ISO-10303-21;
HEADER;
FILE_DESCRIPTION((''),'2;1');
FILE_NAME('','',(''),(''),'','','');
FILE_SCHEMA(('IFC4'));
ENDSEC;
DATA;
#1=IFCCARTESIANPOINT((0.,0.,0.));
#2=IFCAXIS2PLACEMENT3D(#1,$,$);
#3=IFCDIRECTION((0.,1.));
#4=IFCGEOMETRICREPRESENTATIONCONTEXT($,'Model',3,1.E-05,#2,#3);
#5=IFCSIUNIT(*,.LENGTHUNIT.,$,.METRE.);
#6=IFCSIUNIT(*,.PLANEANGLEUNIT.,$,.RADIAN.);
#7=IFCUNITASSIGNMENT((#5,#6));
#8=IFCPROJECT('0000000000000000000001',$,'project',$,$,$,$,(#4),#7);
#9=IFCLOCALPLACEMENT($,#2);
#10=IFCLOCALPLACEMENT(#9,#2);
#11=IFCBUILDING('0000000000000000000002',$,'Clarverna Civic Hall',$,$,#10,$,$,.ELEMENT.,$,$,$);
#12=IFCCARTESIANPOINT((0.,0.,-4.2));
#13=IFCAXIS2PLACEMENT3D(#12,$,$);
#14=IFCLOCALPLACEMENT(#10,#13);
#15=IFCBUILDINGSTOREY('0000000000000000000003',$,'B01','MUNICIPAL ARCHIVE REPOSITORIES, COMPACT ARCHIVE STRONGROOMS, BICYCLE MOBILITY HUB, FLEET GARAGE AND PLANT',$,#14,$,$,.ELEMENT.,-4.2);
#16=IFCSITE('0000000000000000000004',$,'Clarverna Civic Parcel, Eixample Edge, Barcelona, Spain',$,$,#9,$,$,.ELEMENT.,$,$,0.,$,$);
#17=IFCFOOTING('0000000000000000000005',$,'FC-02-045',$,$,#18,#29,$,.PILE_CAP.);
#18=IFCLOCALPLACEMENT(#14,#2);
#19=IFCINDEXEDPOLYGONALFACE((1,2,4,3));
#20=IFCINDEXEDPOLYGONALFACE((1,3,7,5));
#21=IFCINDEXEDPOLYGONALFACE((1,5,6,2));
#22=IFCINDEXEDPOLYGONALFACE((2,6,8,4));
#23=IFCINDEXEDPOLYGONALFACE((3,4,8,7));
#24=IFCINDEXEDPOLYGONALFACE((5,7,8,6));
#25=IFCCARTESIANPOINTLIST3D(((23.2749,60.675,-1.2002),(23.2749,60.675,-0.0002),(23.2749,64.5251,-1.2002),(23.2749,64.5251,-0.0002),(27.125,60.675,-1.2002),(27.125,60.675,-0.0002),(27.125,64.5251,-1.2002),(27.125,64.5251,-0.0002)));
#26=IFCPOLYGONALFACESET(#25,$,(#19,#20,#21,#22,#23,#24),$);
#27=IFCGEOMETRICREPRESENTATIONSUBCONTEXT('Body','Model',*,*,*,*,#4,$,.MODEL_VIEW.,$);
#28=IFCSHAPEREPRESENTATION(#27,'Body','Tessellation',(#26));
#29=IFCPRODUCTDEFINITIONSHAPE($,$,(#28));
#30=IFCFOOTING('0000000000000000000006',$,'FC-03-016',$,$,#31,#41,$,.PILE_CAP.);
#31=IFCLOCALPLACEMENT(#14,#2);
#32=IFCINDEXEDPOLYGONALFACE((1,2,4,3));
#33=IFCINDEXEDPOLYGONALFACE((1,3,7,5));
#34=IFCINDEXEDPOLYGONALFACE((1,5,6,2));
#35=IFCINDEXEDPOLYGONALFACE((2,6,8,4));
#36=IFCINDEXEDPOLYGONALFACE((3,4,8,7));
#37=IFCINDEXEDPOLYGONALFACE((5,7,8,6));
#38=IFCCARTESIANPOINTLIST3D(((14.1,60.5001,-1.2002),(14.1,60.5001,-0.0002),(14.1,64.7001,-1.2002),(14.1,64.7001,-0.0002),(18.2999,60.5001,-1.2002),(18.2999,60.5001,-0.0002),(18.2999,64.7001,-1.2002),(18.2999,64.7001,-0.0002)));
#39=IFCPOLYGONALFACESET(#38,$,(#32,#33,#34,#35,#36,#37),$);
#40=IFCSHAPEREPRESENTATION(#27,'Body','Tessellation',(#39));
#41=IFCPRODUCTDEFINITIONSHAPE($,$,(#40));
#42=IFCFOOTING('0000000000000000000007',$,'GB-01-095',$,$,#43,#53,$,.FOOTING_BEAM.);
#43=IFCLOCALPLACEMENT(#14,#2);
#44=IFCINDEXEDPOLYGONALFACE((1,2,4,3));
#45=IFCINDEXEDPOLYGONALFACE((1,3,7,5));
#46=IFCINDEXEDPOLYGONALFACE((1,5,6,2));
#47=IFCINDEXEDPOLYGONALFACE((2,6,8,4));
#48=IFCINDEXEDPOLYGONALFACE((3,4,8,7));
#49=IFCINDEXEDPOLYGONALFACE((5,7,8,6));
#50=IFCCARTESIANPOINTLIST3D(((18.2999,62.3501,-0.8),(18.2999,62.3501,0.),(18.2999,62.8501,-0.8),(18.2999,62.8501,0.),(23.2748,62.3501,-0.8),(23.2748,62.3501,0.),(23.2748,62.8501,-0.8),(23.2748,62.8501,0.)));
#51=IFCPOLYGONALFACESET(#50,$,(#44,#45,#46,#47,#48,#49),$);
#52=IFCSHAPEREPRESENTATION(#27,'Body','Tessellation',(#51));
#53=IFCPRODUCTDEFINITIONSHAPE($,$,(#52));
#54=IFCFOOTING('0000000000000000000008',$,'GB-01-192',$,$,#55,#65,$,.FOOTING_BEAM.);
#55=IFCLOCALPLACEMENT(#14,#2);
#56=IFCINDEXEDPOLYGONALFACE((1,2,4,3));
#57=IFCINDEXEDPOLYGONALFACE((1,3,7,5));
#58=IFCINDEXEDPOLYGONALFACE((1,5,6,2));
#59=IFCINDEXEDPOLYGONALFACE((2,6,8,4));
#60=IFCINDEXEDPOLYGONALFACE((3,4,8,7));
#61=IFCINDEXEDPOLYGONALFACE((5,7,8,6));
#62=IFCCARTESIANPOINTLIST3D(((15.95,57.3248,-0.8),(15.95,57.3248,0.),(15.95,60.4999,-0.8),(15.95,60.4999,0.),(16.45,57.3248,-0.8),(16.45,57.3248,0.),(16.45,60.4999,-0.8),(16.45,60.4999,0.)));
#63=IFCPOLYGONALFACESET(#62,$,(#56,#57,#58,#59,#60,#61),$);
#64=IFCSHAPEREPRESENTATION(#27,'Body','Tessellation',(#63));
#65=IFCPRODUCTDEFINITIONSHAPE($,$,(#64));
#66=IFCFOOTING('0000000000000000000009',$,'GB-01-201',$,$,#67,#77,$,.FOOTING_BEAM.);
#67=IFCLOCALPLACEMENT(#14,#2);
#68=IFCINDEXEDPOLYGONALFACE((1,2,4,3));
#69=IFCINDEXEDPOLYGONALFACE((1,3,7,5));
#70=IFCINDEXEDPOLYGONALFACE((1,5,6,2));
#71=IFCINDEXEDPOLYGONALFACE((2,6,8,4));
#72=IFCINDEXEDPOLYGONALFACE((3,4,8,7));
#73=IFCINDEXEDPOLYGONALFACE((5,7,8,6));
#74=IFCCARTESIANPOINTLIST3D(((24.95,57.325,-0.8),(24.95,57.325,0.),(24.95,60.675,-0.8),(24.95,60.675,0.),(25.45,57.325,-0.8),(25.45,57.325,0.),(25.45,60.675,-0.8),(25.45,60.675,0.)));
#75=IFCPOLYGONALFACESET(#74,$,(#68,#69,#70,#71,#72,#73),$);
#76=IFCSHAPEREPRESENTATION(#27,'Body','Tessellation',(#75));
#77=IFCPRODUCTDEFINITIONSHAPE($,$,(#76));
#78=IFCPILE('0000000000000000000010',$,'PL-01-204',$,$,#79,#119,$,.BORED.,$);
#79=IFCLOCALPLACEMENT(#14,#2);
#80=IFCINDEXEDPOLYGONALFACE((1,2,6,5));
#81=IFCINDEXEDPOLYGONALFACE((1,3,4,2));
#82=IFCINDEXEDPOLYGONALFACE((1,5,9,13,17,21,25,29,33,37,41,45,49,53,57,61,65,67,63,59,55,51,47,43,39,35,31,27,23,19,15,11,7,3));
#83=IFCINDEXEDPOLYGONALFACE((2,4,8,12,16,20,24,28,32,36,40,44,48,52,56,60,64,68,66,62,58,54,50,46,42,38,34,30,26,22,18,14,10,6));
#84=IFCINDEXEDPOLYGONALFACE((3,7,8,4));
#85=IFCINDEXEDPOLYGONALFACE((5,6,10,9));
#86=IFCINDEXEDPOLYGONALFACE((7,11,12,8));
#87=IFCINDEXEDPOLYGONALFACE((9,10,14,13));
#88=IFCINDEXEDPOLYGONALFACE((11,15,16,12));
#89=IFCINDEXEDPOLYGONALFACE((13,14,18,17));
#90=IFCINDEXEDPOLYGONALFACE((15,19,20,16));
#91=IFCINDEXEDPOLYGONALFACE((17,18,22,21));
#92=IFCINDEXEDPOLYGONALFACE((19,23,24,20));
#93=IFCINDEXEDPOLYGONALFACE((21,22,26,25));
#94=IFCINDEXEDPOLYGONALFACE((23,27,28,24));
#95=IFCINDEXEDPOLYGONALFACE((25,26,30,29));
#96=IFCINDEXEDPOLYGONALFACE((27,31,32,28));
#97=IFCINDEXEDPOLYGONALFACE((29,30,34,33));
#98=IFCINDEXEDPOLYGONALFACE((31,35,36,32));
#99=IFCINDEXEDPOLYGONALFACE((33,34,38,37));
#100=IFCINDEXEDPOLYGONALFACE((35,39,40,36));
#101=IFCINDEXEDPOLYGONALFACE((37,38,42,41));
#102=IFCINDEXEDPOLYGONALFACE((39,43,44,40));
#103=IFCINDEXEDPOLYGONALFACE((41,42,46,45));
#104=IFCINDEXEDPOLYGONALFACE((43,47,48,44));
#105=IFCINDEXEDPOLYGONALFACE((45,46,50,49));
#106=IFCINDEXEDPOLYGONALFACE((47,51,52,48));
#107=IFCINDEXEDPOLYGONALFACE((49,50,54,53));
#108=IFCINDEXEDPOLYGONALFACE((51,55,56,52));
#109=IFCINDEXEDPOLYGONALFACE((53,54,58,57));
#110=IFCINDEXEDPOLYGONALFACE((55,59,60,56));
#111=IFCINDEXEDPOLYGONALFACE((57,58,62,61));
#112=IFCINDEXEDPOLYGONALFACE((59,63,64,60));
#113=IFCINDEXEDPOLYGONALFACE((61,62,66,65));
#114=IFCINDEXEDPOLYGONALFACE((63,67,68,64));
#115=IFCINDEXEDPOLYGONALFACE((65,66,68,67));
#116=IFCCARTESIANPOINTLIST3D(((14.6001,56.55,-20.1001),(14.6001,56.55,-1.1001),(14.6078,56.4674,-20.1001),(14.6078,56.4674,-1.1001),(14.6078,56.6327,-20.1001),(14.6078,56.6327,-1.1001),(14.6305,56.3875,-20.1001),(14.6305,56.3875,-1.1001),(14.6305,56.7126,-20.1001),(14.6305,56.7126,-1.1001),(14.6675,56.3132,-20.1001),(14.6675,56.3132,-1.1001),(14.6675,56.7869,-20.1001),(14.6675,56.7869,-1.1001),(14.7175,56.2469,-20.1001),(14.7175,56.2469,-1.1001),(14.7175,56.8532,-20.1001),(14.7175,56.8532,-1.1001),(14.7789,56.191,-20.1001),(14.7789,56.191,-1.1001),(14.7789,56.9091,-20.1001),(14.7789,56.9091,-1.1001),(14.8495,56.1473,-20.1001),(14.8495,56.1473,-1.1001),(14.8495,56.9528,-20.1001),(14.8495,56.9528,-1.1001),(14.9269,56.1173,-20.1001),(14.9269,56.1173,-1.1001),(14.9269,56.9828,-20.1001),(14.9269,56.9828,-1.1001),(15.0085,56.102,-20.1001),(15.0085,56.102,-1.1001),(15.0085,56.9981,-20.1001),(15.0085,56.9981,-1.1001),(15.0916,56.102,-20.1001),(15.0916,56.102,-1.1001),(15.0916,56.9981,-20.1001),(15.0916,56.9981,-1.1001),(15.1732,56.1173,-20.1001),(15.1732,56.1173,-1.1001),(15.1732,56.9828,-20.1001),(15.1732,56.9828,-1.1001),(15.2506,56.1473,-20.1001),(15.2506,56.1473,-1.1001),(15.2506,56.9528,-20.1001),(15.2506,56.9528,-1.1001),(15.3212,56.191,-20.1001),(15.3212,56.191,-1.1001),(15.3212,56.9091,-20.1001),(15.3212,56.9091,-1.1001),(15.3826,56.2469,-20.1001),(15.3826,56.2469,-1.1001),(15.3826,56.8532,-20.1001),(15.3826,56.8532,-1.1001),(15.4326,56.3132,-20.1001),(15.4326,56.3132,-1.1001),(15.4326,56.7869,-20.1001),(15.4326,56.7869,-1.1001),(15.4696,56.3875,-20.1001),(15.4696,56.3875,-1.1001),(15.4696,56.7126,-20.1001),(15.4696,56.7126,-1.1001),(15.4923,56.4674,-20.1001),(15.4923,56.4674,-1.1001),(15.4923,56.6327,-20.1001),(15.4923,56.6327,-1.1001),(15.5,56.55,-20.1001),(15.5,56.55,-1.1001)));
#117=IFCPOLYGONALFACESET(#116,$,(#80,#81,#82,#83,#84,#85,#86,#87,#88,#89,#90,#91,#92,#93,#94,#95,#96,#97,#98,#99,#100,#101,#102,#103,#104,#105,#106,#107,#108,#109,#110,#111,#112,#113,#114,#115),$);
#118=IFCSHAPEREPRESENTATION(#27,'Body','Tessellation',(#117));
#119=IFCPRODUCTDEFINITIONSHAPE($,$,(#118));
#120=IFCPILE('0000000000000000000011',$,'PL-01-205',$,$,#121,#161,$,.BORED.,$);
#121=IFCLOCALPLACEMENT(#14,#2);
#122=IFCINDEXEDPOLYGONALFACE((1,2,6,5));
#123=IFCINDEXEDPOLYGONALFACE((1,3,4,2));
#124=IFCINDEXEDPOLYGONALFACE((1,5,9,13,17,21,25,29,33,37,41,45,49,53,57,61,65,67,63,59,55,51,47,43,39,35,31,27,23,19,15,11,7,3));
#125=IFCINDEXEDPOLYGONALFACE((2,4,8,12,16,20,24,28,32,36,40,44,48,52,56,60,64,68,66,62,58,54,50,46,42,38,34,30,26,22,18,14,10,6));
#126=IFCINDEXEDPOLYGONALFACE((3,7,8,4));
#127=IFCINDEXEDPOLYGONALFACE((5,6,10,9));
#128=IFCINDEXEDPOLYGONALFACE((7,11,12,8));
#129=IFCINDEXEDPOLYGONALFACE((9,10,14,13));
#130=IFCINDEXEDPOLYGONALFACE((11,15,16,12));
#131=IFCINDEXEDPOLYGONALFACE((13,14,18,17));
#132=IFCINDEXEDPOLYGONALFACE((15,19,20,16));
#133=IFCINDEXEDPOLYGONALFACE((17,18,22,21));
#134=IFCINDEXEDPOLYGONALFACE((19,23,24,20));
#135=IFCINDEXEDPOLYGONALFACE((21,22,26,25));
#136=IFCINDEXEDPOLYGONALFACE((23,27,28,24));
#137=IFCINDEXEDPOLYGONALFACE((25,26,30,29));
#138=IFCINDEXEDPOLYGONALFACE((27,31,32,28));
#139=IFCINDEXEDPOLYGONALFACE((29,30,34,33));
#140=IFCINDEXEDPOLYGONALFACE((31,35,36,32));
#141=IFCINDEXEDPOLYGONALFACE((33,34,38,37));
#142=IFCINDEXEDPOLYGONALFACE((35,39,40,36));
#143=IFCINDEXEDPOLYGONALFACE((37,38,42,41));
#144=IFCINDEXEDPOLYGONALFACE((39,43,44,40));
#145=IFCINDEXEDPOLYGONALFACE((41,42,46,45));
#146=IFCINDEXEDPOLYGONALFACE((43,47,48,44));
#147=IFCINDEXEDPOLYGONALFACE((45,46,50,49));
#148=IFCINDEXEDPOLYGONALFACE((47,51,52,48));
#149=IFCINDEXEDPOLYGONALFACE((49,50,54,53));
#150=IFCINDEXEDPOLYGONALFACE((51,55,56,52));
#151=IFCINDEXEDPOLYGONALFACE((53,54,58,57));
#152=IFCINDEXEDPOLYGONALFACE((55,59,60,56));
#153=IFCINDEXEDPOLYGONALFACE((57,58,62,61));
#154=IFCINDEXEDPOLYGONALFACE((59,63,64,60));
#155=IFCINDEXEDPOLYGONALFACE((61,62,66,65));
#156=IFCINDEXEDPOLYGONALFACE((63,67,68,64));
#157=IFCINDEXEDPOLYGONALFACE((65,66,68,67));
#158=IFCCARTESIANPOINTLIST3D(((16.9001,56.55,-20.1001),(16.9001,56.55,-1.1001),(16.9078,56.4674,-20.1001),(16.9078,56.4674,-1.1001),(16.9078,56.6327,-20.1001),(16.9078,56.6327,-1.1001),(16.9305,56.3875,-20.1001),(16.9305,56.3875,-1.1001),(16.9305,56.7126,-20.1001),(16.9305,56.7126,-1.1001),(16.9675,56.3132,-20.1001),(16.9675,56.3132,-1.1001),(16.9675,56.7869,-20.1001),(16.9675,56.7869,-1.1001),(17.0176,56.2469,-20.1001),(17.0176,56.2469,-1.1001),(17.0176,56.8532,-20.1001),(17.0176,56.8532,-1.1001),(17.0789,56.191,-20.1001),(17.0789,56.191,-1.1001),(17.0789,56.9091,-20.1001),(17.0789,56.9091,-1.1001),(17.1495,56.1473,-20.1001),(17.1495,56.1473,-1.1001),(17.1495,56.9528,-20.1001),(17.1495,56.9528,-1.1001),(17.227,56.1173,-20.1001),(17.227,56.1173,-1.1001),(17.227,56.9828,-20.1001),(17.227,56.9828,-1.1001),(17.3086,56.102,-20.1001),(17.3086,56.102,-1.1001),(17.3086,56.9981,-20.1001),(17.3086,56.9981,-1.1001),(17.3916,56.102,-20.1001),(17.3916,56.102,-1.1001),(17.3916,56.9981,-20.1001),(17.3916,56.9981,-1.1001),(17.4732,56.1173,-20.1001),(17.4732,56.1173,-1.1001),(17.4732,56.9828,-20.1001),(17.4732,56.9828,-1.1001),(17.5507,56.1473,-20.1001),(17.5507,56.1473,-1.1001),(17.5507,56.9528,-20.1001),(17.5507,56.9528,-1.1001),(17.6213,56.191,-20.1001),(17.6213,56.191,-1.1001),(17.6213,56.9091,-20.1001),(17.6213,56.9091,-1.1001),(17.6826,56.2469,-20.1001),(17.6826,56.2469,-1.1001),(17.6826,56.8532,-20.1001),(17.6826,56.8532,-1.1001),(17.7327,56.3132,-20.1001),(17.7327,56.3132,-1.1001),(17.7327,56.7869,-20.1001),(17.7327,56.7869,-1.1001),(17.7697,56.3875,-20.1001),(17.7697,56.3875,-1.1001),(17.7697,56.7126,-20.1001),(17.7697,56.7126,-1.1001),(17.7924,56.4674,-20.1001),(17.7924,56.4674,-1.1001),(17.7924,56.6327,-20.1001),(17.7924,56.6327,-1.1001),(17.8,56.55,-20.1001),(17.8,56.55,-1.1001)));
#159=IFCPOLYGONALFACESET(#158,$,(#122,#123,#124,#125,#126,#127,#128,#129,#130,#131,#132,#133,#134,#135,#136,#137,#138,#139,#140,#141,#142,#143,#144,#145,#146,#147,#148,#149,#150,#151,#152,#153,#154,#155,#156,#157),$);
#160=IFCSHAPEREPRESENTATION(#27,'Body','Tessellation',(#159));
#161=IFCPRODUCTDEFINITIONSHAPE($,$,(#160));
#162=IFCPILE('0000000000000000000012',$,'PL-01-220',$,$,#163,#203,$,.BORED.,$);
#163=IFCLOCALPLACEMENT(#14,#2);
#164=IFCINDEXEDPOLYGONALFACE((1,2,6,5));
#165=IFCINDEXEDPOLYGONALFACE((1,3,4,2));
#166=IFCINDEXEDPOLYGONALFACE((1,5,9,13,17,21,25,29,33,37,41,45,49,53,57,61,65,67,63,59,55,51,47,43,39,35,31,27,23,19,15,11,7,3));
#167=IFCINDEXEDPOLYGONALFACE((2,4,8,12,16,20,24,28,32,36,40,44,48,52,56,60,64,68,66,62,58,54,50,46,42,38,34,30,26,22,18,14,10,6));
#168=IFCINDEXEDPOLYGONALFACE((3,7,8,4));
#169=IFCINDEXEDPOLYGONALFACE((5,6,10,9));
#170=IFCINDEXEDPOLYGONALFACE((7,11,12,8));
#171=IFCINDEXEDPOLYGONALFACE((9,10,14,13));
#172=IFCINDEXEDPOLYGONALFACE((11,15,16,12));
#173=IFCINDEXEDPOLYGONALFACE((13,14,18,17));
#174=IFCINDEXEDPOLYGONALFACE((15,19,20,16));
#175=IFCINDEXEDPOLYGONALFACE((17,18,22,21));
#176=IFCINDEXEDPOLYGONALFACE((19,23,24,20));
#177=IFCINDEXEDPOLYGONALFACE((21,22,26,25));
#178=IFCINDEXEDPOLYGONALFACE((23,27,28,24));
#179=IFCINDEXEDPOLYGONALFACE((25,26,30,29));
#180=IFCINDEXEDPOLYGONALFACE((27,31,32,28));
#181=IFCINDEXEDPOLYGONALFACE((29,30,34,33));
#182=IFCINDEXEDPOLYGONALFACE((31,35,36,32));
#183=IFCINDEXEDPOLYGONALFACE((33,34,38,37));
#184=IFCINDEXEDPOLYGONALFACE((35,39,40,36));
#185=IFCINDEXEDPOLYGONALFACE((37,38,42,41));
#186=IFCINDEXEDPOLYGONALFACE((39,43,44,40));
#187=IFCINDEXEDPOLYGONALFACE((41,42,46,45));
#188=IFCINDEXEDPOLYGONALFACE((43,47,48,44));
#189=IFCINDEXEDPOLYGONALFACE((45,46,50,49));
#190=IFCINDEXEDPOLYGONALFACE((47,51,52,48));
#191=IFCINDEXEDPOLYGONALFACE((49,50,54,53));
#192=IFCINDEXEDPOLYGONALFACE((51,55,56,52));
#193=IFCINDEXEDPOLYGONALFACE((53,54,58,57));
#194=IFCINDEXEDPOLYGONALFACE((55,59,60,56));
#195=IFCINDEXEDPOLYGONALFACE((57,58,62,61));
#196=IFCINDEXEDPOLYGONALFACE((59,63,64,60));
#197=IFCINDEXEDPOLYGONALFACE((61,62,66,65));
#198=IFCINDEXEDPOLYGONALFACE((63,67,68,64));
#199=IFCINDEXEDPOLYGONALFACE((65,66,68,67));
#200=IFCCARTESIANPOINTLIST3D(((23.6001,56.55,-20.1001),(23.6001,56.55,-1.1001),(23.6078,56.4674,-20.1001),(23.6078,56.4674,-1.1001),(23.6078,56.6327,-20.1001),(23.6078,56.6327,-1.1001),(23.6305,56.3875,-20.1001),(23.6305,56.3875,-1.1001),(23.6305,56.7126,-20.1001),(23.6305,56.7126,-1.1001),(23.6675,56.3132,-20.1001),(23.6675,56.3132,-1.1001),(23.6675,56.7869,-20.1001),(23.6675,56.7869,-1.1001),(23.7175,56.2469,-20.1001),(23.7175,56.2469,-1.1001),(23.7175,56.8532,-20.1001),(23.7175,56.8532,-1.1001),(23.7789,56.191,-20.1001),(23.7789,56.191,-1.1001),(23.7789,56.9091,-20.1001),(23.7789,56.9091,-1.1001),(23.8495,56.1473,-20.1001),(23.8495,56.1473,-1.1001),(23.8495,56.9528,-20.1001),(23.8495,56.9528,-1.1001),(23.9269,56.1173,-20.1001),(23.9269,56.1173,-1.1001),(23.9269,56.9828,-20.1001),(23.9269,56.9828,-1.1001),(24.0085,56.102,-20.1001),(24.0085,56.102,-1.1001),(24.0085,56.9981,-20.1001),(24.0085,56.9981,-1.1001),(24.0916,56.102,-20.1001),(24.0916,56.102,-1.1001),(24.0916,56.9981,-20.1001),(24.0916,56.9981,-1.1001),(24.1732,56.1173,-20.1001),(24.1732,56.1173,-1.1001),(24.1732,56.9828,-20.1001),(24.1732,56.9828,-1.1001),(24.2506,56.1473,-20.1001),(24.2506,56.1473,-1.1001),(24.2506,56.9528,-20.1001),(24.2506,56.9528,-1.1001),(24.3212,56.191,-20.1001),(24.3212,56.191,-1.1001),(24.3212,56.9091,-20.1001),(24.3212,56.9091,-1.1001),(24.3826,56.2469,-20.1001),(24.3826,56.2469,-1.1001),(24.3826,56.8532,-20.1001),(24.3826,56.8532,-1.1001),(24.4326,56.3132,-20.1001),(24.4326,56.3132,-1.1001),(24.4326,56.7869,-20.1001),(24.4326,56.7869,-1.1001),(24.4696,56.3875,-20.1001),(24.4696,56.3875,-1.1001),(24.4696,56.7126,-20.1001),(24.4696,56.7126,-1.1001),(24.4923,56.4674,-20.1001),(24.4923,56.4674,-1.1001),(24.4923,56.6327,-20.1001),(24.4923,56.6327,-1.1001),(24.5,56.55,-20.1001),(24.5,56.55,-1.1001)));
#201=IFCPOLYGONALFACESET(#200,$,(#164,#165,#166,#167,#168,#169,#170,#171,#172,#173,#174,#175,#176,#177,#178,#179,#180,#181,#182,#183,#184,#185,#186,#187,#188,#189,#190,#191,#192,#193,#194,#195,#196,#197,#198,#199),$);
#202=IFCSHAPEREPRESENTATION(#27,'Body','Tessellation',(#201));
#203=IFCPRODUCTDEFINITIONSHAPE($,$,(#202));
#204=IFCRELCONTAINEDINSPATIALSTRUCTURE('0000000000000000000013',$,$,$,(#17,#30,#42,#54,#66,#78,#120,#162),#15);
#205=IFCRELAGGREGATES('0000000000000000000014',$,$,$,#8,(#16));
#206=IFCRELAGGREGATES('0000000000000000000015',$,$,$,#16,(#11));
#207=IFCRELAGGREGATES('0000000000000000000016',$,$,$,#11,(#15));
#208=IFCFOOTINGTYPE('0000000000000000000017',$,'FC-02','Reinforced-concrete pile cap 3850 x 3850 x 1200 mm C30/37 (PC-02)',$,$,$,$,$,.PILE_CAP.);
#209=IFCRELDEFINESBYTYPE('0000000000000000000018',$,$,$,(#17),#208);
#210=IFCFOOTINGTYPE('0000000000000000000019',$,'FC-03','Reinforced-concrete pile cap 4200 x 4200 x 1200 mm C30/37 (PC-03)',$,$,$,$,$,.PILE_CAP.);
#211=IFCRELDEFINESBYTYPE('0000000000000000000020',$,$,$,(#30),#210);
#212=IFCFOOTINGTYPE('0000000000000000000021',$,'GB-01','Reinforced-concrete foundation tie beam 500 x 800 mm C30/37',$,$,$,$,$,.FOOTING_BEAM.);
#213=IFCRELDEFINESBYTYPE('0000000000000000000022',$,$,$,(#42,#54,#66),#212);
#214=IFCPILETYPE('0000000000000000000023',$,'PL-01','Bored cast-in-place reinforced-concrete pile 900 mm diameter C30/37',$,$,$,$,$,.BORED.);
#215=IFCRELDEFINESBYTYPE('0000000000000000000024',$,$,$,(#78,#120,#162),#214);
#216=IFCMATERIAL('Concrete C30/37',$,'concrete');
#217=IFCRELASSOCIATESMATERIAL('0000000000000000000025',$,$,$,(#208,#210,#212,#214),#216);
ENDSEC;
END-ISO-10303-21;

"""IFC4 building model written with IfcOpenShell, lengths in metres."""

from ifc_helpers import new_model, si_unit, direction, frame, frame_2d, origin, origin_2d, place, context, subcontext, project, spatial, rectangle, circle, extrude, material, material_profile, profile_set, type_object, element, save


model = new_model("IFC4")

# Units and contexts
model_context = context("Model", 3, precision=1e-05, world=origin(), true_north=direction((0.0, 1.0)))
body_context = subcontext(model_context, "Body", "Model", "MODEL_VIEW")
ifc_project = project(units=[si_unit("LENGTHUNIT", "METRE"), si_unit("PLANEANGLEUNIT", "RADIAN")], contexts=[model_context])

# Site, building, storey
site_placement = place(None, origin())
site = spatial("IfcSite", under=ifc_project, at=site_placement, Name="Clarverna Civic Parcel, Eixample Edge, Barcelona, Spain", CompositionType="ELEMENT", RefElevation=0.0)
building_placement = place(site_placement, origin())
building = spatial("IfcBuilding", under=site, at=building_placement, Name="Clarverna Civic Hall", CompositionType="ELEMENT")
storey_placement = place(building_placement, frame((0.0, 0.0, -4.2)))
storey = spatial("IfcBuildingStorey", under=building, at=storey_placement, Name="B01", Description="MUNICIPAL ARCHIVE REPOSITORIES, COMPACT ARCHIVE STRONGROOMS, BICYCLE MOBILITY HUB, FLEET GARAGE AND PLANT", CompositionType="ELEMENT", Elevation=-4.2)

# Footings
ifc_material_1 = material(Name="Concrete C30/37", Category="concrete")
footing_type_1 = type_object("IfcFootingType", Name="FC-02", Description="Reinforced-concrete pile cap 3850 x 3850 x 1200 mm C30/37 (PC-02)", PredefinedType="PILE_CAP", material=ifc_material_1)
footing_1_placement = place(storey_placement, frame((25.2, 62.6001, -1.2002), z_axis=(0.0, 0.0, 1.0), x_axis=(1.0, 0.0, 0.0)))
element("IfcFooting", 1, at=footing_1_placement, inside=storey, type_object=footing_type_1, Name="FC-02-045", PredefinedType="PILE_CAP", context=body_context, shape_type="SweptSolid", body=[
    extrude(rectangle(XDim=3.8501, YDim=3.8501, at=origin_2d()), origin(), (0.0, 0.0, 1.0), 1.2),
])
footing_type_2 = type_object("IfcFootingType", Name="FC-03", Description="Reinforced-concrete pile cap 4200 x 4200 x 1200 mm C30/37 (PC-03)", PredefinedType="PILE_CAP", material=ifc_material_1)
footing_2_placement = place(storey_placement, frame((16.2, 62.6001, -1.2002), z_axis=(0.0, 0.0, 1.0), x_axis=(1.0, 0.0, 0.0)))
element("IfcFooting", 2, at=footing_2_placement, inside=storey, type_object=footing_type_2, Name="FC-03-016", PredefinedType="PILE_CAP", context=body_context, shape_type="SweptSolid", body=[
    extrude(rectangle(XDim=4.2, YDim=4.2, at=origin_2d()), origin(), (0.0, 0.0, 1.0), 1.2),
])
footing_type_3 = type_object("IfcFootingType", Name="GB-01", Description="Reinforced-concrete foundation tie beam 500 x 800 mm C30/37", PredefinedType="FOOTING_BEAM", material=ifc_material_1)
footing_3_placement = place(storey_placement, frame((18.3, 62.6001, -0.8), z_axis=(0.0, 0.0, 1.0), x_axis=(1.0, 0.0, 0.0)))
element("IfcFooting", 3, at=footing_3_placement, inside=storey, type_object=footing_type_3, Name="GB-01-095", PredefinedType="FOOTING_BEAM", context=body_context, shape_type="SweptSolid", body=[
    extrude(rectangle(XDim=4.9749, YDim=0.5, at=frame_2d((2.4873, 0.0))), origin(), (0.0, 0.0, 1.0), 0.8),
])
footing_4_placement = place(storey_placement, frame((16.2, 57.325, -0.8), z_axis=(0.0, 0.0, 1.0), x_axis=(0.0, 1.0, 0.0)))
element("IfcFooting", 4, at=footing_4_placement, inside=storey, type_object=footing_type_3, Name="GB-01-192", PredefinedType="FOOTING_BEAM", context=body_context, shape_type="SweptSolid", body=[
    extrude(rectangle(XDim=3.175, YDim=0.5, at=frame_2d((1.5874, 0.0))), origin(), (0.0, 0.0, 1.0), 0.8),
])
footing_5_placement = place(storey_placement, frame((25.2, 57.325, -0.8), z_axis=(0.0, 0.0, 1.0), x_axis=(0.0, 1.0, 0.0)))
element("IfcFooting", 5, at=footing_5_placement, inside=storey, type_object=footing_type_3, Name="GB-01-201", PredefinedType="FOOTING_BEAM", context=body_context, shape_type="SweptSolid", body=[
    extrude(rectangle(XDim=3.3501, YDim=0.5, at=frame_2d((1.675, 0.0))), origin(), (0.0, 0.0, 1.0), 0.8),
])

# Piles
ifc_material_profile_1 = material_profile(ifc_material_1, circle(Radius=0.45, at=origin_2d()), Name="BORED PILE D900")
ifc_profile_set_1 = profile_set([ifc_material_profile_1], Name="Concrete C30/37")
pile_type_1 = type_object("IfcPileType", Name="PL-01", Description="Bored cast-in-place reinforced-concrete pile 900 mm diameter C30/37", PredefinedType="BORED", material=ifc_profile_set_1)
for number, where, z_axis, x_axis, name in (
    (6, (15.05, 56.55, -1.1001), (0.0, 0.0, -1.0), (1.0, 0.0, 0.0), "PL-01-204"),
    (7, (17.3501, 56.55, -1.1001), (0.0, 0.0, -1.0), (1.0, 0.0, 0.0), "PL-01-205"),
    (8, (24.05, 56.55, -1.1001), (0.0, 0.0, -1.0), (1.0, 0.0, 0.0), "PL-01-220"),
):
    element("IfcPile", number, at=place(storey_placement, frame(where, z_axis=z_axis, x_axis=x_axis)), inside=storey, type_object=pile_type_1, Name=name, PredefinedType="BORED", context=body_context, shape_type="SweptSolid", body=[
        extrude(circle(Radius=0.45, at=origin_2d()), origin(), (0.0, 0.0, 1.0), 19.0),
    ])

save(model, "model.ifc")
